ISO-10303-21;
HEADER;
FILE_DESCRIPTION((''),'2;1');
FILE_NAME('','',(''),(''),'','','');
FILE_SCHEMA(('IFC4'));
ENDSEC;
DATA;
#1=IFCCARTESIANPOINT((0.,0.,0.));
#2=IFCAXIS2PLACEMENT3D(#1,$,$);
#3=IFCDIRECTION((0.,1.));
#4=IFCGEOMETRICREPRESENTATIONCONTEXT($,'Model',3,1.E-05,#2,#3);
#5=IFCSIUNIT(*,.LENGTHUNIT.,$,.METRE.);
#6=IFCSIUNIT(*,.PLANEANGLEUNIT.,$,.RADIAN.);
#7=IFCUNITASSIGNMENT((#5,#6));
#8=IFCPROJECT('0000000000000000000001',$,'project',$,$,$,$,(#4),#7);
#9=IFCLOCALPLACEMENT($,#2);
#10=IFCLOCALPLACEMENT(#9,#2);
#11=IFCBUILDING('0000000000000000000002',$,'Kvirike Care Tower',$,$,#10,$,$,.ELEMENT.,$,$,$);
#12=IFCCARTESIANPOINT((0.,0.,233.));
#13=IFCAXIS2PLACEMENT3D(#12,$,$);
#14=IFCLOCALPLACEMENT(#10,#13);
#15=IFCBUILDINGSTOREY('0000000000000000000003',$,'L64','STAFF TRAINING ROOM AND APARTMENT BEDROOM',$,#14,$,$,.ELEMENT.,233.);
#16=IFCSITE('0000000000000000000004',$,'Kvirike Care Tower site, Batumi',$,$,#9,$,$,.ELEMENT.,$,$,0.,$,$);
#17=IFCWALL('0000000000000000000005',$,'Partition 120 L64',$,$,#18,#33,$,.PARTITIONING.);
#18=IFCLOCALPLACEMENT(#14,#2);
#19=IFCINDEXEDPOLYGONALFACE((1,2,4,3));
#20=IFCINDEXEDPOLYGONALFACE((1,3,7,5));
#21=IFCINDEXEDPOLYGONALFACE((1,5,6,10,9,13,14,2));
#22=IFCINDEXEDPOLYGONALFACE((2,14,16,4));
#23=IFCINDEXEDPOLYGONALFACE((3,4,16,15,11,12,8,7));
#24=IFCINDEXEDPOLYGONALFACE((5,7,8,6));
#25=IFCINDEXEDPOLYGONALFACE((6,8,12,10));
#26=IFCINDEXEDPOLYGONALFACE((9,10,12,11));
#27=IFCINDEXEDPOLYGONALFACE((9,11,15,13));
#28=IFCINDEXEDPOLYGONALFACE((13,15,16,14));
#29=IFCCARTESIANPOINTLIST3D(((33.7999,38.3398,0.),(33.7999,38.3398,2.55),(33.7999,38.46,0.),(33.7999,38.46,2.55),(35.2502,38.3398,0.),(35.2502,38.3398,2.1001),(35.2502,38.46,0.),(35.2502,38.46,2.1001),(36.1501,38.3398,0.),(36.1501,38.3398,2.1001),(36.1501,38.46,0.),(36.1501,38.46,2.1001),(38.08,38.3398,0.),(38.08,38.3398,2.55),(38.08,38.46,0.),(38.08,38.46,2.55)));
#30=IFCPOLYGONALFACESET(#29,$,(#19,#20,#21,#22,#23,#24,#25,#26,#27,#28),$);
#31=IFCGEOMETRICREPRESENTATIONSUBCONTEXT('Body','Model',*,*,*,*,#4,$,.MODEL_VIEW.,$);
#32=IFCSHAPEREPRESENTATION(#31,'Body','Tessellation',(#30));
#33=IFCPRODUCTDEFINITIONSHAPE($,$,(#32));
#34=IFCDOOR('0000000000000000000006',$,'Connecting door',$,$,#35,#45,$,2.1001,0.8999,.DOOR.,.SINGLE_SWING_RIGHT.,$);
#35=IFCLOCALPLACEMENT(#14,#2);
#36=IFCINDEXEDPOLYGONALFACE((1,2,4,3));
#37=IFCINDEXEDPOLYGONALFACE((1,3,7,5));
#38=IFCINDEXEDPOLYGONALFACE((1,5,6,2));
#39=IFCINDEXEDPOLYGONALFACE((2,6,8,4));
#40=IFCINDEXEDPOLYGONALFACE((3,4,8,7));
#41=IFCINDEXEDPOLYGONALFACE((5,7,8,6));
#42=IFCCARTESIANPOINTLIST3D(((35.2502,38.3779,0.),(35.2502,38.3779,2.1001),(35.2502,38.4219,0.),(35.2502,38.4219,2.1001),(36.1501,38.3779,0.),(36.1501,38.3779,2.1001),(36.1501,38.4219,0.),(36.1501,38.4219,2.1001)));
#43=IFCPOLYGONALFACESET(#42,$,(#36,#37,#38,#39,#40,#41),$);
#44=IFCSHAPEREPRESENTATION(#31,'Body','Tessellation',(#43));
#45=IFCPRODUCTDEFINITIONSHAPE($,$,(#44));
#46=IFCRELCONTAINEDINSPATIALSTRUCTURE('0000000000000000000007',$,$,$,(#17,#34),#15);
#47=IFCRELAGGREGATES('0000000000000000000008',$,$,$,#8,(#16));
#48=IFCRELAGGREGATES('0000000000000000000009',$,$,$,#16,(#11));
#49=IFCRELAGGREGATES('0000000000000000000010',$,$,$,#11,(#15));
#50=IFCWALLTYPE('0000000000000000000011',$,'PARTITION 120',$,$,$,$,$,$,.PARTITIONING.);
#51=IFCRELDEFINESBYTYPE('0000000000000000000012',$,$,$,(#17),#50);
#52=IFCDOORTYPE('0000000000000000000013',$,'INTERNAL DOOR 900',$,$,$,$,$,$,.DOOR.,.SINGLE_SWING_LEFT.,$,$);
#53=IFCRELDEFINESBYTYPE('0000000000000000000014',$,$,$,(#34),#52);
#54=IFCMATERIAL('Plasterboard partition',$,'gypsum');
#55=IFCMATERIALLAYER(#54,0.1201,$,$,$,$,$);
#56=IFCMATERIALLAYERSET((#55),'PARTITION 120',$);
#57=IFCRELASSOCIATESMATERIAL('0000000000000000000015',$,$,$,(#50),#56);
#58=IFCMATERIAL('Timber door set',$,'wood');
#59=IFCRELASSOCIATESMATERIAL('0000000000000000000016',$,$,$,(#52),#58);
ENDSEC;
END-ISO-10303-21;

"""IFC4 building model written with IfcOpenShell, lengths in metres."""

from ifc_helpers import new_model, si_unit, direction, frame, frame_2d, origin, place, context, subcontext, project, spatial, rectangle, extrude, material, layer, layer_set, type_object, element, fill, save


model = new_model("IFC4")

# Units and contexts
model_context = context("Model", 3, precision=1e-05, world=origin(), true_north=direction((0.0, 1.0)))
body_context = subcontext(model_context, "Body", "Model", "MODEL_VIEW")
ifc_project = project(units=[si_unit("LENGTHUNIT", "METRE"), si_unit("PLANEANGLEUNIT", "RADIAN")], contexts=[model_context])

# Site, building, storey
site_placement = place(None, origin())
site = spatial("IfcSite", under=ifc_project, at=site_placement, Name="Kvirike Care Tower site, Batumi", CompositionType="ELEMENT", RefElevation=0.0)
building_placement = place(site_placement, origin())
building = spatial("IfcBuilding", under=site, at=building_placement, Name="Kvirike Care Tower", CompositionType="ELEMENT")
storey_placement = place(building_placement, frame((0.0, 0.0, 233.0)))
storey = spatial("IfcBuildingStorey", under=building, at=storey_placement, Name="L64", Description="STAFF TRAINING ROOM AND APARTMENT BEDROOM", CompositionType="ELEMENT", Elevation=233.0)

# Wall, opening, door
ifc_material_1 = material(Name="Plasterboard partition", Category="gypsum")
ifc_layer_1 = layer(ifc_material_1, 0.1201)
ifc_layer_set_1 = layer_set([ifc_layer_1], Name="PARTITION 120")
wall_type = type_object("IfcWallType", Name="PARTITION 120", PredefinedType="PARTITIONING", material=ifc_layer_set_1)
wall_placement = place(storey_placement, frame((38.0801, 38.3999, 0.0), z_axis=(0.0, 0.0, 1.0), x_axis=(-1.0, 0.0, 0.0)))
wall = element("IfcWall", 1, at=wall_placement, inside=storey, type_object=wall_type, Name="Partition 120 L64", PredefinedType="PARTITIONING", context=body_context, shape_type="SweptSolid", body=[
    extrude(rectangle(XDim=4.28, YDim=0.1201, at=frame_2d((2.1401, 0.0))), origin(), (0.0, 0.0, 1.0), 2.55),
])
opening_placement = place(wall_placement, frame((1.9299, 0.0, 0.0)))
opening = element("IfcOpeningElement", 2, at=opening_placement, cuts=wall, PredefinedType="OPENING", context=body_context, shape_type="SweptSolid", body=[
    extrude(rectangle(XDim=0.8999, YDim=2.1001, at=frame_2d((0.45, 1.05))), frame((0.0, 0.0706, 0.0), z_axis=(0.0, -1.0, 0.0), x_axis=(1.0, 0.0, 0.0)), (0.0, 0.0, 1.0), 0.1411),
])
ifc_material_2 = material(Name="Timber door set", Category="wood")
door_type = type_object("IfcDoorType", Name="INTERNAL DOOR 900", OperationType="SINGLE_SWING_LEFT", PredefinedType="DOOR", material=ifc_material_2)
door_placement = place(opening_placement, frame((0.8999, 0.0, 0.0), z_axis=(0.0, 0.0, 1.0), x_axis=(-1.0, 0.0, 0.0)))
door = element("IfcDoor", 3, at=door_placement, inside=storey, type_object=door_type, Name="Connecting door", OperationType="SINGLE_SWING_RIGHT", OverallHeight=2.1001, OverallWidth=0.8999, PredefinedType="DOOR", context=body_context, shape_type="SweptSolid", body=[
    extrude(rectangle(XDim=0.8999, YDim=2.1001, at=frame_2d((0.45, 1.05))), frame((0.0, 0.022, 0.0), z_axis=(0.0, -1.0, 0.0), x_axis=(1.0, 0.0, 0.0)), (0.0, 0.0, 1.0), 0.0439),
])
fill(opening, door)

save(model, "model.ifc")
